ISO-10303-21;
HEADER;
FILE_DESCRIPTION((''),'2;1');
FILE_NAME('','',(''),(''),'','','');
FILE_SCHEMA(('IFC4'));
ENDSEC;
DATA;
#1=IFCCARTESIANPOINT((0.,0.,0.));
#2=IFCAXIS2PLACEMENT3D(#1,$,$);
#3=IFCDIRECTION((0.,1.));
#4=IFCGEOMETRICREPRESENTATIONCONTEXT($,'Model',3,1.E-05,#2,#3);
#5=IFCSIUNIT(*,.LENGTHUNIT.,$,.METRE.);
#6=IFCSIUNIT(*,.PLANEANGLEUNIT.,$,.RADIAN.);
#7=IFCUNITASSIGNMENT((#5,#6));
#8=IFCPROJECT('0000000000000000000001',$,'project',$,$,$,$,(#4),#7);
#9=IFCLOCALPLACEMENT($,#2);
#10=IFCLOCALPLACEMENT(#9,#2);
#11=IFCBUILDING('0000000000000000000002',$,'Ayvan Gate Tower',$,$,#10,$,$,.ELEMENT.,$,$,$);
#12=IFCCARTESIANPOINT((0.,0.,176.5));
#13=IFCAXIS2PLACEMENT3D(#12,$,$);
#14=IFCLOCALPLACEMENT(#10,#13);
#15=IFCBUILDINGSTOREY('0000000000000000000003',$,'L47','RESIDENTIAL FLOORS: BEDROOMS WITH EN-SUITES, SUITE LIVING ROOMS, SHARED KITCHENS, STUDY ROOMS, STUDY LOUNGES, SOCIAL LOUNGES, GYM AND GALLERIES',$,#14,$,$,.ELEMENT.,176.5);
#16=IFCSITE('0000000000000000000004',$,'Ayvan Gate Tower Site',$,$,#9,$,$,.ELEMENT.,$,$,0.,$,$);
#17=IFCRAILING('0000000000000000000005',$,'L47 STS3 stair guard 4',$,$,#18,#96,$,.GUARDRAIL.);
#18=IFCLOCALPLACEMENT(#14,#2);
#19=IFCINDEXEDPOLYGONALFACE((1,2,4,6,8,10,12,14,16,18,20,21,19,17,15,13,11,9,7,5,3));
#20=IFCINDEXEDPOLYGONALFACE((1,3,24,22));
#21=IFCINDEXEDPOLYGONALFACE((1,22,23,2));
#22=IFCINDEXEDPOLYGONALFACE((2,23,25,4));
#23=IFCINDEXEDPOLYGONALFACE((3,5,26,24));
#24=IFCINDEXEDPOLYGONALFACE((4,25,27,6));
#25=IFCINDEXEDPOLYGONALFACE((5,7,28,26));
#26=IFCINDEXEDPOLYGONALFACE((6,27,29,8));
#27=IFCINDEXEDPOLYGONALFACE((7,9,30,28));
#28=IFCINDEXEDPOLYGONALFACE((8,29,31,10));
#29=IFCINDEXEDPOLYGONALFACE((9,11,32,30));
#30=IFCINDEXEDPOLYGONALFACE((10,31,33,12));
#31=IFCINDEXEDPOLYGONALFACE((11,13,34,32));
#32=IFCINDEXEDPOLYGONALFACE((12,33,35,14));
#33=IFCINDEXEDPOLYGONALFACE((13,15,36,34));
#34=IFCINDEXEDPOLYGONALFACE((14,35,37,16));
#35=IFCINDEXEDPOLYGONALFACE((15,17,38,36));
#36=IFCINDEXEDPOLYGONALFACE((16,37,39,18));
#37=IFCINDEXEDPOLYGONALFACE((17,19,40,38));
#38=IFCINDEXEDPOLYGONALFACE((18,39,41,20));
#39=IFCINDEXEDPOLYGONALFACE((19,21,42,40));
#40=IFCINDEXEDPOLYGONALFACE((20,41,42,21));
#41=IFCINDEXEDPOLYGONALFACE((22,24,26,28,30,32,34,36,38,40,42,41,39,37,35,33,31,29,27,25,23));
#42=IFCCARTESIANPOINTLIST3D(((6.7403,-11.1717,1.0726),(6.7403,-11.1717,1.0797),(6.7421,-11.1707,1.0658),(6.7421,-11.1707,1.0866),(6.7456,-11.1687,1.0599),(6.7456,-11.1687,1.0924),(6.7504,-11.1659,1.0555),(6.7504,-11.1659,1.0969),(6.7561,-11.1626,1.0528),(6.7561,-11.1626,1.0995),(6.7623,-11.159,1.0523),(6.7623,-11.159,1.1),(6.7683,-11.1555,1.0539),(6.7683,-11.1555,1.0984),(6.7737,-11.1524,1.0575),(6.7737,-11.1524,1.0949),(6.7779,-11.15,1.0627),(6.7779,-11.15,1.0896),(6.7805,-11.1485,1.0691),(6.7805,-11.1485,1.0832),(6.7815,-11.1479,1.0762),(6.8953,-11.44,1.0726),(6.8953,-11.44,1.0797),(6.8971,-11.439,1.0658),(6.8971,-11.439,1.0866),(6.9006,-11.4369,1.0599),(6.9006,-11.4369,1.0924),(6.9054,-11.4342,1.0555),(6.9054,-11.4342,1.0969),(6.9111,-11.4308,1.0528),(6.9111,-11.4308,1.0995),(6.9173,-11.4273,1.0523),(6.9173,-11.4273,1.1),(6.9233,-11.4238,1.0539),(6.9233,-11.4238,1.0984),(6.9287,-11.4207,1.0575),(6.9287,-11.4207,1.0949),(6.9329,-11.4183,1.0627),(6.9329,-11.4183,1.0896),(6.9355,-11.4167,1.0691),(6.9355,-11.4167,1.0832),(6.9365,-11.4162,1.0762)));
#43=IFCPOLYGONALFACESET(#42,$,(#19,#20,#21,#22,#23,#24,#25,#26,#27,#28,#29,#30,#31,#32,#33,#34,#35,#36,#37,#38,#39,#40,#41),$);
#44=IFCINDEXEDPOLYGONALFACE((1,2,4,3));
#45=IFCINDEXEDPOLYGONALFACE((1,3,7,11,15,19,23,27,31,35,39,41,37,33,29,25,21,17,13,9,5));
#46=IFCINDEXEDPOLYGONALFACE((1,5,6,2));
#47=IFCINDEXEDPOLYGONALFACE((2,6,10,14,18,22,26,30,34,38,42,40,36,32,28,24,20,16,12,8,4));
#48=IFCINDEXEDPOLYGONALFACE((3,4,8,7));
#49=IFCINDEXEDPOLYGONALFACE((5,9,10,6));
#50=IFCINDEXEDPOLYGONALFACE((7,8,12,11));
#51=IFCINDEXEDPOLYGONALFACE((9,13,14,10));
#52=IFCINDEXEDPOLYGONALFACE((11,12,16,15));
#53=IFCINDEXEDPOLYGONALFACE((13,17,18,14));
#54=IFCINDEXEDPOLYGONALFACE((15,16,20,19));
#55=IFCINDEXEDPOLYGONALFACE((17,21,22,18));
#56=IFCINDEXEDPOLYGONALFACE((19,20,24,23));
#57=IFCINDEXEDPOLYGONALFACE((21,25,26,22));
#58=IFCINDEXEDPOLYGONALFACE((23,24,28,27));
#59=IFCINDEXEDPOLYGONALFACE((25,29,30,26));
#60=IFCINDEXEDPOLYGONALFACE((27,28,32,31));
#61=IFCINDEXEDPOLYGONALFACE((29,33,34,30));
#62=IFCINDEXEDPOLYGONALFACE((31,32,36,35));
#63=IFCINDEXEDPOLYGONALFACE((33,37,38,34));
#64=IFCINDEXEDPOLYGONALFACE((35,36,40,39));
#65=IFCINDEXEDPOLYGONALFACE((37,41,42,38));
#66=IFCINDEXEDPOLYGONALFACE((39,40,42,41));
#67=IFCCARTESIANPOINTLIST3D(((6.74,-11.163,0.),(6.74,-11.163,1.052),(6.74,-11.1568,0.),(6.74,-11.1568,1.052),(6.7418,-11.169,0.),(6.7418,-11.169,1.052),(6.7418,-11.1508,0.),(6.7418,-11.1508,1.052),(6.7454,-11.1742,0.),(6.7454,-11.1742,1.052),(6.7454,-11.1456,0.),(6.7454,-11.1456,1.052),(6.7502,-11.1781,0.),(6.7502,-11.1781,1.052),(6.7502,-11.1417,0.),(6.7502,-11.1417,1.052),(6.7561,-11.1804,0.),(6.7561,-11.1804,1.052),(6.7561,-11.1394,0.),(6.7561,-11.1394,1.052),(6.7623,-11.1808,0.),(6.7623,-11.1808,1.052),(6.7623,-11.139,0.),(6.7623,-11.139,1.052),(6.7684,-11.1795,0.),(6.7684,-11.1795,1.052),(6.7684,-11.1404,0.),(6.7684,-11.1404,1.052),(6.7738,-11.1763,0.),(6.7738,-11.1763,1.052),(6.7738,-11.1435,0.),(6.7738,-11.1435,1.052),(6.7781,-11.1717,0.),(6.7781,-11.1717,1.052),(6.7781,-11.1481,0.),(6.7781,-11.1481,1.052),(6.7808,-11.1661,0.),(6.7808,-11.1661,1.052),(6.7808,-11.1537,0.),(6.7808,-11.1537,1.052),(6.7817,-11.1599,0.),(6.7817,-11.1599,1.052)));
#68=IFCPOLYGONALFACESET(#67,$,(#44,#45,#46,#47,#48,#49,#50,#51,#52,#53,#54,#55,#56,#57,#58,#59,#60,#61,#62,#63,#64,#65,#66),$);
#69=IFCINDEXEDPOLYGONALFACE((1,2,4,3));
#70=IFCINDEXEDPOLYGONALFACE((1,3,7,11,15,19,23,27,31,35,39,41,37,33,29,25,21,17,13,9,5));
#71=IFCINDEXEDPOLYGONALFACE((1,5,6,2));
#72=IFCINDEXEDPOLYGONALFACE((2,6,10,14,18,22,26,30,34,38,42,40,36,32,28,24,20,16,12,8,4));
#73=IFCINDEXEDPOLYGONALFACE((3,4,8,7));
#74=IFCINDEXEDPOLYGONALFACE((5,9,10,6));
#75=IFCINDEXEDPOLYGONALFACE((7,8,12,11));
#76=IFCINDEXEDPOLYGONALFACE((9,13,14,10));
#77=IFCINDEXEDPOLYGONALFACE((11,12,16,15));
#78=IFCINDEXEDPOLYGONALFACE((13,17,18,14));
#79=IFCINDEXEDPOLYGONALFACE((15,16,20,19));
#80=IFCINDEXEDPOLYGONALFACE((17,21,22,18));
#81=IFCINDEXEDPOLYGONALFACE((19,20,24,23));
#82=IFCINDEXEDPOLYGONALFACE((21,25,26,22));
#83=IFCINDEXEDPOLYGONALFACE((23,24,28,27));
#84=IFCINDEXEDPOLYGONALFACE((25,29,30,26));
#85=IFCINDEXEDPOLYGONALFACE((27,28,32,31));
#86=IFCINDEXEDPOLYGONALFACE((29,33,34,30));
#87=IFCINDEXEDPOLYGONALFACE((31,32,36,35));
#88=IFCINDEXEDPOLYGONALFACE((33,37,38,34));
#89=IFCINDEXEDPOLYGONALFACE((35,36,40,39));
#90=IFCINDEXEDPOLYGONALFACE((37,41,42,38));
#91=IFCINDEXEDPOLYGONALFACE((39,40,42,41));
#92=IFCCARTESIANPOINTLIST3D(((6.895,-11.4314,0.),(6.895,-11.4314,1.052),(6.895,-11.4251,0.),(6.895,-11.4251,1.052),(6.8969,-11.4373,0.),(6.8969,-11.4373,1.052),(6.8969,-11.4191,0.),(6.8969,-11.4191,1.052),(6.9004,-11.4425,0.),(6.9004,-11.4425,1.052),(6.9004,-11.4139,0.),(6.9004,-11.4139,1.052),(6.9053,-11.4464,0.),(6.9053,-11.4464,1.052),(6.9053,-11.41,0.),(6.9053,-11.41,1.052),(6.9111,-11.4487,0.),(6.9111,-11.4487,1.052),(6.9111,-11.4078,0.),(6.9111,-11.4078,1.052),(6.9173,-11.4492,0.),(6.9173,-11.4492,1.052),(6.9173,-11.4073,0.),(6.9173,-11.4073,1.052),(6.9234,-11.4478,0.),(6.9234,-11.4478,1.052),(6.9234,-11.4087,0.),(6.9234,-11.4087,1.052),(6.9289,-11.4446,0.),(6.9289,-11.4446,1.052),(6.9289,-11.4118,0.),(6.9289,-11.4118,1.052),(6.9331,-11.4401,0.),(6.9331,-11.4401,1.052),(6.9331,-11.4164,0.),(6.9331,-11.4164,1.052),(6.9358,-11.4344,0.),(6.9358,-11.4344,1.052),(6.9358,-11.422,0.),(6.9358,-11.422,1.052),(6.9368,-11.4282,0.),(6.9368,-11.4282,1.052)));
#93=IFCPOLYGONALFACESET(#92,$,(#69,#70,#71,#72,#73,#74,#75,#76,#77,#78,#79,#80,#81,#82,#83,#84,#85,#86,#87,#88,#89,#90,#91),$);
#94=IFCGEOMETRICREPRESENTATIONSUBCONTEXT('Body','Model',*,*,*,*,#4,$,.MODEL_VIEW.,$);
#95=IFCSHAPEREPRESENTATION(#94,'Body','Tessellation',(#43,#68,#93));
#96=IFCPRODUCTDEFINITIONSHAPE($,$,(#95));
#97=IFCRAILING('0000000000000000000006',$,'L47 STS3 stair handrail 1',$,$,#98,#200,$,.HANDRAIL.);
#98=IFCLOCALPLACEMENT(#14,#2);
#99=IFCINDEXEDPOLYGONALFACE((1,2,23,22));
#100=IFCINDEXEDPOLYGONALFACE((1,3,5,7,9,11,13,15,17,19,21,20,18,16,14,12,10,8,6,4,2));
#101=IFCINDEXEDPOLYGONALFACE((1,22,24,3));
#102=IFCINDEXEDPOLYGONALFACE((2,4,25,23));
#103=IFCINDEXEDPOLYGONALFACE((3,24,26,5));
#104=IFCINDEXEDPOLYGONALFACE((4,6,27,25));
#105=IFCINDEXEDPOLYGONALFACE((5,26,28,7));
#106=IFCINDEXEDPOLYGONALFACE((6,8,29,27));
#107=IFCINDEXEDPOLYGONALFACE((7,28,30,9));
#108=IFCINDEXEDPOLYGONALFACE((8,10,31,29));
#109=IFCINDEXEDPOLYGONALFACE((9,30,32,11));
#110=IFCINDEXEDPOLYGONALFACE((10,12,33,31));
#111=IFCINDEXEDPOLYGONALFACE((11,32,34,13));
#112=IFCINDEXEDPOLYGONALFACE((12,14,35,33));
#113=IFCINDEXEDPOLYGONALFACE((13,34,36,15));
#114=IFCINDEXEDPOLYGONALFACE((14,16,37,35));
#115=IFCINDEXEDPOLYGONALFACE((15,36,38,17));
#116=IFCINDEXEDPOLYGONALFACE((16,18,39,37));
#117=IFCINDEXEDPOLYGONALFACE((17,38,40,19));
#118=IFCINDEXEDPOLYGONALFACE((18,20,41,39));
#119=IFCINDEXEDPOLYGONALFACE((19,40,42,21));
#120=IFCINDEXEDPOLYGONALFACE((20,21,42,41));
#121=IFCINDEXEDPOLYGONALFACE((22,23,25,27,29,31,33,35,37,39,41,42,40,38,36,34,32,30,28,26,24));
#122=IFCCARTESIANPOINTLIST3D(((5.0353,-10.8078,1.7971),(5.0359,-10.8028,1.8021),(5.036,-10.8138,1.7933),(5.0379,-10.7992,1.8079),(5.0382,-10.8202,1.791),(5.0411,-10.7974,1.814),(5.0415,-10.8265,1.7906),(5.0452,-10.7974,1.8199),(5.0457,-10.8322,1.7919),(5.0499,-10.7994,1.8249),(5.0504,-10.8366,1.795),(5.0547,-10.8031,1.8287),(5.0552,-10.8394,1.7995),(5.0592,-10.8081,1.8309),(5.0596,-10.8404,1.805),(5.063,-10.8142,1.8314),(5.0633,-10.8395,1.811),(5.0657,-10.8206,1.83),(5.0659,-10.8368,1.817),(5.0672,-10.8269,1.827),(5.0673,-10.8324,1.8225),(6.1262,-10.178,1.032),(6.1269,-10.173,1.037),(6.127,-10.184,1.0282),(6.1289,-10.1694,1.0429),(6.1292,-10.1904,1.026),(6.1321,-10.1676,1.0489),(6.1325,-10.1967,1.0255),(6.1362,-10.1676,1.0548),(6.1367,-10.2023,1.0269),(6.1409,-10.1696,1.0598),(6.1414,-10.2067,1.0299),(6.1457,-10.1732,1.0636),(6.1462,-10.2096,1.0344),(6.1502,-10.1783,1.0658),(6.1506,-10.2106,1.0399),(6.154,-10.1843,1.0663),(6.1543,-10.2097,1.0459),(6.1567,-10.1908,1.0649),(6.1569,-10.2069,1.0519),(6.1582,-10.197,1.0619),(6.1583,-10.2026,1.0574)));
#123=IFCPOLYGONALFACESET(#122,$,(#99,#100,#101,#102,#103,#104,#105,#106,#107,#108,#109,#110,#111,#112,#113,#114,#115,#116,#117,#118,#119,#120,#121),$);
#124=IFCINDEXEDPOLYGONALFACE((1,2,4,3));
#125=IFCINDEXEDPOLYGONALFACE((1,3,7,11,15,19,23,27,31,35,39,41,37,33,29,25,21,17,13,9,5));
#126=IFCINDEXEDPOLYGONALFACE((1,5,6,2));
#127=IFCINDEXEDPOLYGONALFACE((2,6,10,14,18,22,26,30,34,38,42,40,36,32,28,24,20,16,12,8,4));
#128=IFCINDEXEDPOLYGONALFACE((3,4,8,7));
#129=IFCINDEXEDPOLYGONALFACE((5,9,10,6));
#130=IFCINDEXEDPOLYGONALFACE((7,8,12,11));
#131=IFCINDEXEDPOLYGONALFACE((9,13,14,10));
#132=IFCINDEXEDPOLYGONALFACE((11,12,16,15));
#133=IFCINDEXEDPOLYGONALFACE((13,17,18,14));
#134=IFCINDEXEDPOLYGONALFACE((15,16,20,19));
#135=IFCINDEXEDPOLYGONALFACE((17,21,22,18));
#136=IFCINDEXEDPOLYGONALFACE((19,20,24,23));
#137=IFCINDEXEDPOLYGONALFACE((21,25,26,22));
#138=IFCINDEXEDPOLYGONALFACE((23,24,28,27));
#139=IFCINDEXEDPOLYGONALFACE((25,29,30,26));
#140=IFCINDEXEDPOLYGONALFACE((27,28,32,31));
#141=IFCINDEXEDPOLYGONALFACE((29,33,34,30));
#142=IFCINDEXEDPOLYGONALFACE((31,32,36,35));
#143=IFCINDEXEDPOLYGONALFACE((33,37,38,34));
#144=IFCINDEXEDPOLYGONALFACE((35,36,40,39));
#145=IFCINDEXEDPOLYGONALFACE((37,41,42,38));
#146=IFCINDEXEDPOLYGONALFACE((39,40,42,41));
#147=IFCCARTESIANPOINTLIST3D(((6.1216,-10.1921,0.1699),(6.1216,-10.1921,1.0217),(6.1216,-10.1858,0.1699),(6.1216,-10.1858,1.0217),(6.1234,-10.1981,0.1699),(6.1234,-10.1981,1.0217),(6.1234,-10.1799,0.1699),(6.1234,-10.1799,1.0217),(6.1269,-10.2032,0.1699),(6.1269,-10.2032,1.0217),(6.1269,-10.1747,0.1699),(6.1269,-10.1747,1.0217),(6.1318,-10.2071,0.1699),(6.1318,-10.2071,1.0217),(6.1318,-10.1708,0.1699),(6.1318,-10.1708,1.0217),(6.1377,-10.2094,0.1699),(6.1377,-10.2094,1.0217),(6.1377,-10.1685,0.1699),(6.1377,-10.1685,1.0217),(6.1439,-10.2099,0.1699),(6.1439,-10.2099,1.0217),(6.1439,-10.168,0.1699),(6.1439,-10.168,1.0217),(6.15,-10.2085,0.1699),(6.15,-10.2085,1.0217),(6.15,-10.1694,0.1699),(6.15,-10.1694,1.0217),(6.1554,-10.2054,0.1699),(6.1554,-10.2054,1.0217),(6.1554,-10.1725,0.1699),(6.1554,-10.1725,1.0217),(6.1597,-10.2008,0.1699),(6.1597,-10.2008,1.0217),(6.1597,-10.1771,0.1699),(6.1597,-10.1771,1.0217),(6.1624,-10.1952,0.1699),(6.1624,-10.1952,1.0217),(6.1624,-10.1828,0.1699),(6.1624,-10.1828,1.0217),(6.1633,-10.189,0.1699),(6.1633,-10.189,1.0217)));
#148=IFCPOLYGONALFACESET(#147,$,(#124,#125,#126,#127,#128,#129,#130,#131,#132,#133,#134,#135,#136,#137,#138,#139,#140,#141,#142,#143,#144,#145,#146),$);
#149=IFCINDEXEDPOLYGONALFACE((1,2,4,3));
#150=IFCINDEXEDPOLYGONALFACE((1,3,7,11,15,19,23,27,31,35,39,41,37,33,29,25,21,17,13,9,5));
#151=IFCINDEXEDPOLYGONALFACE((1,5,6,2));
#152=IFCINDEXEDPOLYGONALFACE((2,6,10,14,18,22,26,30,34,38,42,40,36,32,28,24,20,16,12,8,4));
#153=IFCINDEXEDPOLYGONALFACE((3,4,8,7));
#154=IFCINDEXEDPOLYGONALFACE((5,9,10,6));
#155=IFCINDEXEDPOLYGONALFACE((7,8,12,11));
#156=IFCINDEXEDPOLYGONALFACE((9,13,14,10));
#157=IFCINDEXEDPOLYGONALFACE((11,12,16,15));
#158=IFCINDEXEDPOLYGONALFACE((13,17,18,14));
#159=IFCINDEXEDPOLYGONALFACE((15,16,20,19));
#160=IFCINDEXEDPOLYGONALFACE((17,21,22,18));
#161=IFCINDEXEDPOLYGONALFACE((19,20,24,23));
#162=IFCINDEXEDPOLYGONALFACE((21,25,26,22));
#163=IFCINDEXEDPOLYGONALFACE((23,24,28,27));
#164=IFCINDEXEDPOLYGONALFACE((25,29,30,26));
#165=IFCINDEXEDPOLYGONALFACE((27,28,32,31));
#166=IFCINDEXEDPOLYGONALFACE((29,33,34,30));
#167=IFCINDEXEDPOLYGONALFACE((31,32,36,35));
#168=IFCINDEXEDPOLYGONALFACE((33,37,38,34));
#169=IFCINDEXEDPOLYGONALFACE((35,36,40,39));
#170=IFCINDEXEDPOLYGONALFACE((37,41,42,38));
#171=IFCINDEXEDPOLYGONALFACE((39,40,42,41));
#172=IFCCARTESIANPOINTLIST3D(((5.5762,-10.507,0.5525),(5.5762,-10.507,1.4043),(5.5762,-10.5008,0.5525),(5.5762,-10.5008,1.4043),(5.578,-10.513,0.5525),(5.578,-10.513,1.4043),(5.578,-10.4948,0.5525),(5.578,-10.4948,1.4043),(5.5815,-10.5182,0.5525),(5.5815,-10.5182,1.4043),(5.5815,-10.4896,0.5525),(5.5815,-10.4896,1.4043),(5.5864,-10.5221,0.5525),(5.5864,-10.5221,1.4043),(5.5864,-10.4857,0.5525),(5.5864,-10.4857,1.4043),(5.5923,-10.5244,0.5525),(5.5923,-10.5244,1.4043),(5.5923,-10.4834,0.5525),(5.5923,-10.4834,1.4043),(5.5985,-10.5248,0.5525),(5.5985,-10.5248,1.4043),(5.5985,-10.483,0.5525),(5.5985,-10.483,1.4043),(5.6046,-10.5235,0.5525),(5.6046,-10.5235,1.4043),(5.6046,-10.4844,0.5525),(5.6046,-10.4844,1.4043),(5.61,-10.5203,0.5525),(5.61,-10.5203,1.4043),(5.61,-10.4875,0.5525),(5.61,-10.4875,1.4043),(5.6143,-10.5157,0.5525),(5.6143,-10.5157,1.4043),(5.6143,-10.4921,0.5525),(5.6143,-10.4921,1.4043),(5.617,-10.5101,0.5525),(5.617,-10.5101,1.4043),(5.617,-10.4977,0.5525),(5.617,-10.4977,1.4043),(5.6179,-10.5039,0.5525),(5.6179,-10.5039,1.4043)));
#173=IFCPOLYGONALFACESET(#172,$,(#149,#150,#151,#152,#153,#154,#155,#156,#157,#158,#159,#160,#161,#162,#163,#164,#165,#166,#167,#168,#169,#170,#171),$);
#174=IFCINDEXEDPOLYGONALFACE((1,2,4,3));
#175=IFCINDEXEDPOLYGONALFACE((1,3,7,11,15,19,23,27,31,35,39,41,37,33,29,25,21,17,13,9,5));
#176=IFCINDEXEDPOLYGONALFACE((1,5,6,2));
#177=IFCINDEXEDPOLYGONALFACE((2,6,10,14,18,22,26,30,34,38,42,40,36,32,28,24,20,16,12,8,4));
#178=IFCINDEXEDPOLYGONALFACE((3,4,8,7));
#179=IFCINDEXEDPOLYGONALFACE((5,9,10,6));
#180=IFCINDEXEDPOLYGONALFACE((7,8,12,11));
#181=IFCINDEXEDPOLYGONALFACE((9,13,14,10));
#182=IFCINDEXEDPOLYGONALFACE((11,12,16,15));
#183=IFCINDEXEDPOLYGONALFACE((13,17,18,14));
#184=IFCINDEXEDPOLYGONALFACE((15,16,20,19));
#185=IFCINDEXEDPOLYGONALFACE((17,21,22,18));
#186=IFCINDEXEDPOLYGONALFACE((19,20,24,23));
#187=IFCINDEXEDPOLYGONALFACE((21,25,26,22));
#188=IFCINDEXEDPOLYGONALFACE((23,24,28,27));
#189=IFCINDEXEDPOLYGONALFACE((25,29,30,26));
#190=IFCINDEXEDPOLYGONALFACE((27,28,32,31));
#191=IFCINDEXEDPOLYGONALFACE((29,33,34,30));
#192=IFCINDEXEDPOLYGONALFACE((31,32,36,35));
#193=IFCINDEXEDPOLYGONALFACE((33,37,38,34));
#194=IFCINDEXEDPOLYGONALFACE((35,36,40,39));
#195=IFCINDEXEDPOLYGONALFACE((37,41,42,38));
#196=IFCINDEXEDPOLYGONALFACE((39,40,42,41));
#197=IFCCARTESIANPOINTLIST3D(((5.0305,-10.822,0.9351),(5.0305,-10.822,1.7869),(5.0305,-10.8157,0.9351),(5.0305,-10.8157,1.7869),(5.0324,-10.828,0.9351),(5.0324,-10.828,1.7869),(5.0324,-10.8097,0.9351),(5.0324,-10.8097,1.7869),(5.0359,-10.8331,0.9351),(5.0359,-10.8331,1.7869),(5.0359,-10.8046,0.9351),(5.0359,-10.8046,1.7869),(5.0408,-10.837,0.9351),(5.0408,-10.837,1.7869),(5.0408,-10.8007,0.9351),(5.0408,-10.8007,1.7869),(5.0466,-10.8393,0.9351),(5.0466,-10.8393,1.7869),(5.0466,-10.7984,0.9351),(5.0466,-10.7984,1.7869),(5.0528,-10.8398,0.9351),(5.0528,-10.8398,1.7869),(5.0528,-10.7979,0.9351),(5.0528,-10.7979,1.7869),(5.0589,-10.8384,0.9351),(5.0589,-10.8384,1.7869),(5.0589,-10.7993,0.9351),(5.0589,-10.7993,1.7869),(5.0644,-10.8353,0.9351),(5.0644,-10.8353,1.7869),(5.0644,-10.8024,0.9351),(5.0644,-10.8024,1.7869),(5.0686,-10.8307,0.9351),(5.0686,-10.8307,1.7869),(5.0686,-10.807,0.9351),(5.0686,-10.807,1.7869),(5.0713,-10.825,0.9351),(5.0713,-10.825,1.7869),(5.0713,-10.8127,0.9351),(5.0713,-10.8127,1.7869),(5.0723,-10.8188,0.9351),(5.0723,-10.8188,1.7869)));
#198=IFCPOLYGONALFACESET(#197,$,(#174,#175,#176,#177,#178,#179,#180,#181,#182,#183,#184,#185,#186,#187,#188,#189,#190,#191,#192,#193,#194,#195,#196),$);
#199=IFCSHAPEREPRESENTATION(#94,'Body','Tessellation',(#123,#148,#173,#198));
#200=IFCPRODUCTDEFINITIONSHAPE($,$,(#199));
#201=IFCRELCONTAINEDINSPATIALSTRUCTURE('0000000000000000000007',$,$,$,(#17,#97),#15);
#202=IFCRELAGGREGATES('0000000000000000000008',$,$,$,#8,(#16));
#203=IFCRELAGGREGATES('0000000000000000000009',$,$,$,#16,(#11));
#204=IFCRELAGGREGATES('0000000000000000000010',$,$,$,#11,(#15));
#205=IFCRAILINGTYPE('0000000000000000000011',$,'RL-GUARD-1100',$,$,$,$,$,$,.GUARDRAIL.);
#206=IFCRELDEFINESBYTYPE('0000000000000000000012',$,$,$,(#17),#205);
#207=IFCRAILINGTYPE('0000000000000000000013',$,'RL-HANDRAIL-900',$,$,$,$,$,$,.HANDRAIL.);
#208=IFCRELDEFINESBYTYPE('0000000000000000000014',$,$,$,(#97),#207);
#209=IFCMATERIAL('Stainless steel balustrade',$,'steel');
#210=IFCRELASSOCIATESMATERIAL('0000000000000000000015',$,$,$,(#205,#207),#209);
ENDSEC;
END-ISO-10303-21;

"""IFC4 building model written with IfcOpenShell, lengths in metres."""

from ifc_helpers import new_model, si_unit, direction, frame, origin, origin_2d, place, context, subcontext, project, spatial, circle, extrude, material, type_object, element, save


model = new_model("IFC4")

# Units and contexts
model_context = context("Model", 3, precision=1e-05, world=origin(), true_north=direction((0.0, 1.0)))
body_context = subcontext(model_context, "Body", "Model", "MODEL_VIEW")
ifc_project = project(units=[si_unit("LENGTHUNIT", "METRE"), si_unit("PLANEANGLEUNIT", "RADIAN")], contexts=[model_context])

# Site, building, storey
site_placement = place(None, origin())
site = spatial("IfcSite", under=ifc_project, at=site_placement, Name="Ayvan Gate Tower Site", CompositionType="ELEMENT", RefElevation=0.0)
building_placement = place(site_placement, origin())
building = spatial("IfcBuilding", under=site, at=building_placement, Name="Ayvan Gate Tower", CompositionType="ELEMENT")
storey_placement = place(building_placement, frame((0.0, 0.0, 176.5)))
storey = spatial("IfcBuildingStorey", under=building, at=storey_placement, Name="L47", Description="RESIDENTIAL FLOORS: BEDROOMS WITH EN-SUITES, SUITE LIVING ROOMS, SHARED KITCHENS, STUDY ROOMS, STUDY LOUNGES, SOCIAL LOUNGES, GYM AND GALLERIES", CompositionType="ELEMENT", Elevation=176.5)

# Railings
ifc_material_1 = material(Name="Stainless steel balustrade", Category="steel")
railing_type_1 = type_object("IfcRailingType", Name="RL-GUARD-1100", PredefinedType="GUARDRAIL", material=ifc_material_1)
railing_1_placement = place(storey_placement, frame((6.7607, -11.1599, 0.0)))
element("IfcRailing", 1, at=railing_1_placement, inside=storey, type_object=railing_type_1, Name="L47 STS3 stair guard 4", PredefinedType="GUARDRAIL", context=body_context, shape_type="SweptSolid", body=[
    extrude(circle(Radius=0.0239, at=origin_2d()), frame((0.0, 0.0, 1.0762), z_axis=(0.500291, -0.865857, 0.0), x_axis=(0.865857, 0.500291, 0.0)), (0.0, 0.0, 1.0), 0.3098),
    extrude(circle(Radius=0.021, at=origin_2d()), origin(), (0.0, 0.0, 1.0), 1.052),
    extrude(circle(Radius=0.021, at=origin_2d()), frame((0.155, -0.2683, 0.0)), (0.0, 0.0, 1.0), 1.052),
])
railing_type_2 = type_object("IfcRailingType", Name="RL-HANDRAIL-900", PredefinedType="HANDRAIL", material=ifc_material_1)
railing_2_placement = place(storey_placement, frame((6.1423, -10.189, 0.1699)))
element("IfcRailing", 2, at=railing_2_placement, inside=storey, type_object=railing_type_2, Name="L47 STS3 stair handrail 1", PredefinedType="HANDRAIL", context=body_context, shape_type="SweptSolid", body=[
    extrude(circle(Radius=0.0239, at=origin_2d()), frame((0.0, 0.0, 0.876), z_axis=(-0.740218, -0.427336, 0.519097), x_axis=(0.499974, -0.86604, 0.0)), (0.0, 0.0, 1.0), 1.4739),
    extrude(circle(Radius=0.021, at=origin_2d()), origin(), (0.0, 0.0, 1.0), 0.8518),
    extrude(circle(Radius=0.021, at=origin_2d()), frame((-0.5454, -0.3149, 0.3826)), (0.0, 0.0, 1.0), 0.8518),
    extrude(circle(Radius=0.021, at=origin_2d()), frame((-1.0911, -0.6299, 0.7651)), (0.0, 0.0, 1.0), 0.8518),
])

save(model, "model.ifc")
